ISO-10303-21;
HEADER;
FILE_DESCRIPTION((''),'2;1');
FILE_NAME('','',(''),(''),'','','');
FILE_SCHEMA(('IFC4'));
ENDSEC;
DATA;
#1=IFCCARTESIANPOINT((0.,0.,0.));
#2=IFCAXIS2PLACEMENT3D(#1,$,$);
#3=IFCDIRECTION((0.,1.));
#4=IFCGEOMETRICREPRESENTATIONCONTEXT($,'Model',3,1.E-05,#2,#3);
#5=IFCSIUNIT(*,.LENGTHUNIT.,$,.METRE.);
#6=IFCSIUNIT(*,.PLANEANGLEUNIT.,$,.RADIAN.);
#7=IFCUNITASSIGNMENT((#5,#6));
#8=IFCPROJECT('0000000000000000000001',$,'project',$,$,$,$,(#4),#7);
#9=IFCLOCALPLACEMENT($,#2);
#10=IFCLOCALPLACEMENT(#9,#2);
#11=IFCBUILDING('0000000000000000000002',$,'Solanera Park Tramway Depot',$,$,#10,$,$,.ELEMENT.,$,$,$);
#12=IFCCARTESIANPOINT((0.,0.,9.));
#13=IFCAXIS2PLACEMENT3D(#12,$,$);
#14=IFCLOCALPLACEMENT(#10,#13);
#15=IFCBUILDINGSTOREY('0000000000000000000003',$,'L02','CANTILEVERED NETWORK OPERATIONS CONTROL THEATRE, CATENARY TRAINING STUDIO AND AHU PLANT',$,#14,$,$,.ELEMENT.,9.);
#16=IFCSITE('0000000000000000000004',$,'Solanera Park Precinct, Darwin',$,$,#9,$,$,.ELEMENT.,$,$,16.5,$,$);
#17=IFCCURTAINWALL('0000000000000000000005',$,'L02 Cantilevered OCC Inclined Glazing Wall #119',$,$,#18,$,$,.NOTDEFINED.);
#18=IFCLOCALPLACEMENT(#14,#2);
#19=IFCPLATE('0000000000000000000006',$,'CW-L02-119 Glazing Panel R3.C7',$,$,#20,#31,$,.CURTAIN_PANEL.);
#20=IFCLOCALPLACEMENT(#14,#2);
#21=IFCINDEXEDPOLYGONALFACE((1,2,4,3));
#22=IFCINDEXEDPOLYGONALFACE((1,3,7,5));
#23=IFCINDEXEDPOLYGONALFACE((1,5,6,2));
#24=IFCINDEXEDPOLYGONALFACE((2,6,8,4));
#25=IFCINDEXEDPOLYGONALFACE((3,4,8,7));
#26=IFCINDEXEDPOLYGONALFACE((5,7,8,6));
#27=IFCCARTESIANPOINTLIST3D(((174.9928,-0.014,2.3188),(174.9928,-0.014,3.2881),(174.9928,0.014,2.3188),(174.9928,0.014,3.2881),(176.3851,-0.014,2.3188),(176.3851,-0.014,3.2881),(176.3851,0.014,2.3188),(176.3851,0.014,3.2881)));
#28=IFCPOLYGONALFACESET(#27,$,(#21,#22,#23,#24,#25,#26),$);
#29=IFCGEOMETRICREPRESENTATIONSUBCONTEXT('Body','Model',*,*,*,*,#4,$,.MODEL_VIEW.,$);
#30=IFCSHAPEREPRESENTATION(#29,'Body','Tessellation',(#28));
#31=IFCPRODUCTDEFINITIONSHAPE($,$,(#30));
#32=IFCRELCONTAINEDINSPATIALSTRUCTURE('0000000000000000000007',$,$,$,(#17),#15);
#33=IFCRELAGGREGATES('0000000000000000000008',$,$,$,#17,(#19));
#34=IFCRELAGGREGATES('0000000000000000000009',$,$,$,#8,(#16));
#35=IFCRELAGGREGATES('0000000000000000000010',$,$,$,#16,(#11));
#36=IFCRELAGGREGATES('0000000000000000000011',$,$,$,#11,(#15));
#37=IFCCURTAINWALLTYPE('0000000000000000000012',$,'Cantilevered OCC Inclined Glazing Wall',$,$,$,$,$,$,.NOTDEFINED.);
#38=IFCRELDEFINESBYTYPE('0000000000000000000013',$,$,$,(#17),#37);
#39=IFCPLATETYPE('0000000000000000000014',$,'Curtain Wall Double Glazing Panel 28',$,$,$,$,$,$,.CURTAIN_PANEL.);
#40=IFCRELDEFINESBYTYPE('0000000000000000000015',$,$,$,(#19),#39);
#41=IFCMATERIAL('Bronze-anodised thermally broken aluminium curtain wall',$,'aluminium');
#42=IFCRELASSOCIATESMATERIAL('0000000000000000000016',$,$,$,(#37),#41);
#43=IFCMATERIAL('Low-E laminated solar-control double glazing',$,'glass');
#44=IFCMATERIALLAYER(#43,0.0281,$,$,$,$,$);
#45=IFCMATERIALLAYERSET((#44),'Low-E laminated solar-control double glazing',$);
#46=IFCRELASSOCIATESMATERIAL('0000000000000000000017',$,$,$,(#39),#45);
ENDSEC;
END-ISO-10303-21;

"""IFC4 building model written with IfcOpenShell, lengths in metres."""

from ifc_helpers import new_model, si_unit, direction, frame, origin, origin_2d, place, context, subcontext, project, spatial, rectangle, extrude, material, layer, layer_set, type_object, element, aggregate, save


model = new_model("IFC4")

# Units and contexts
model_context = context("Model", 3, precision=1e-05, world=origin(), true_north=direction((0.0, 1.0)))
body_context = subcontext(model_context, "Body", "Model", "MODEL_VIEW")
ifc_project = project(units=[si_unit("LENGTHUNIT", "METRE"), si_unit("PLANEANGLEUNIT", "RADIAN")], contexts=[model_context])

# Site, building, storey
site_placement = place(None, origin())
site = spatial("IfcSite", under=ifc_project, at=site_placement, Name="Solanera Park Precinct, Darwin", CompositionType="ELEMENT", RefElevation=16.5)
building_placement = place(site_placement, origin())
building = spatial("IfcBuilding", under=site, at=building_placement, Name="Solanera Park Tramway Depot", CompositionType="ELEMENT")
storey_placement = place(building_placement, frame((0.0, 0.0, 9.0)))
storey = spatial("IfcBuildingStorey", under=building, at=storey_placement, Name="L02", Description="CANTILEVERED NETWORK OPERATIONS CONTROL THEATRE, CATENARY TRAINING STUDIO AND AHU PLANT", CompositionType="ELEMENT", Elevation=9.0)

# Curtain wall, plate
ifc_material_1 = material(Name="Bronze-anodised thermally broken aluminium curtain wall", Category="aluminium")
curtain_wall_type = type_object("IfcCurtainWallType", Name="Cantilevered OCC Inclined Glazing Wall", PredefinedType="NOTDEFINED", material=ifc_material_1)
curtain_wall_placement = place(storey_placement, origin())
curtain_wall = element("IfcCurtainWall", 1, at=curtain_wall_placement, inside=storey, type_object=curtain_wall_type, Name="L02 Cantilevered OCC Inclined Glazing Wall #119", PredefinedType="NOTDEFINED")
ifc_material_2 = material(Name="Low-E laminated solar-control double glazing", Category="glass")
ifc_layer = layer(ifc_material_2, 0.0281)
ifc_layer_set = layer_set([ifc_layer], Name="Low-E laminated solar-control double glazing")
plate_type = type_object("IfcPlateType", Name="Curtain Wall Double Glazing Panel 28", PredefinedType="CURTAIN_PANEL", material=ifc_layer_set)
plate_1_placement = place(storey_placement, frame((175.689, 0.0, 2.3188), z_axis=(0.0, 0.0, 1.0), x_axis=(1.0, 0.0, 0.0)))
plate_1 = element("IfcPlate", 2, at=plate_1_placement, type_object=plate_type, Name="CW-L02-119 Glazing Panel R3.C7", PredefinedType="CURTAIN_PANEL", context=body_context, shape_type="SweptSolid", body=[
    extrude(rectangle(XDim=1.3923, YDim=0.0281, at=origin_2d()), origin(), (0.0, 0.0, 1.0), 0.9692),
])
aggregate(curtain_wall, [plate_1])

save(model, "model.ifc")
